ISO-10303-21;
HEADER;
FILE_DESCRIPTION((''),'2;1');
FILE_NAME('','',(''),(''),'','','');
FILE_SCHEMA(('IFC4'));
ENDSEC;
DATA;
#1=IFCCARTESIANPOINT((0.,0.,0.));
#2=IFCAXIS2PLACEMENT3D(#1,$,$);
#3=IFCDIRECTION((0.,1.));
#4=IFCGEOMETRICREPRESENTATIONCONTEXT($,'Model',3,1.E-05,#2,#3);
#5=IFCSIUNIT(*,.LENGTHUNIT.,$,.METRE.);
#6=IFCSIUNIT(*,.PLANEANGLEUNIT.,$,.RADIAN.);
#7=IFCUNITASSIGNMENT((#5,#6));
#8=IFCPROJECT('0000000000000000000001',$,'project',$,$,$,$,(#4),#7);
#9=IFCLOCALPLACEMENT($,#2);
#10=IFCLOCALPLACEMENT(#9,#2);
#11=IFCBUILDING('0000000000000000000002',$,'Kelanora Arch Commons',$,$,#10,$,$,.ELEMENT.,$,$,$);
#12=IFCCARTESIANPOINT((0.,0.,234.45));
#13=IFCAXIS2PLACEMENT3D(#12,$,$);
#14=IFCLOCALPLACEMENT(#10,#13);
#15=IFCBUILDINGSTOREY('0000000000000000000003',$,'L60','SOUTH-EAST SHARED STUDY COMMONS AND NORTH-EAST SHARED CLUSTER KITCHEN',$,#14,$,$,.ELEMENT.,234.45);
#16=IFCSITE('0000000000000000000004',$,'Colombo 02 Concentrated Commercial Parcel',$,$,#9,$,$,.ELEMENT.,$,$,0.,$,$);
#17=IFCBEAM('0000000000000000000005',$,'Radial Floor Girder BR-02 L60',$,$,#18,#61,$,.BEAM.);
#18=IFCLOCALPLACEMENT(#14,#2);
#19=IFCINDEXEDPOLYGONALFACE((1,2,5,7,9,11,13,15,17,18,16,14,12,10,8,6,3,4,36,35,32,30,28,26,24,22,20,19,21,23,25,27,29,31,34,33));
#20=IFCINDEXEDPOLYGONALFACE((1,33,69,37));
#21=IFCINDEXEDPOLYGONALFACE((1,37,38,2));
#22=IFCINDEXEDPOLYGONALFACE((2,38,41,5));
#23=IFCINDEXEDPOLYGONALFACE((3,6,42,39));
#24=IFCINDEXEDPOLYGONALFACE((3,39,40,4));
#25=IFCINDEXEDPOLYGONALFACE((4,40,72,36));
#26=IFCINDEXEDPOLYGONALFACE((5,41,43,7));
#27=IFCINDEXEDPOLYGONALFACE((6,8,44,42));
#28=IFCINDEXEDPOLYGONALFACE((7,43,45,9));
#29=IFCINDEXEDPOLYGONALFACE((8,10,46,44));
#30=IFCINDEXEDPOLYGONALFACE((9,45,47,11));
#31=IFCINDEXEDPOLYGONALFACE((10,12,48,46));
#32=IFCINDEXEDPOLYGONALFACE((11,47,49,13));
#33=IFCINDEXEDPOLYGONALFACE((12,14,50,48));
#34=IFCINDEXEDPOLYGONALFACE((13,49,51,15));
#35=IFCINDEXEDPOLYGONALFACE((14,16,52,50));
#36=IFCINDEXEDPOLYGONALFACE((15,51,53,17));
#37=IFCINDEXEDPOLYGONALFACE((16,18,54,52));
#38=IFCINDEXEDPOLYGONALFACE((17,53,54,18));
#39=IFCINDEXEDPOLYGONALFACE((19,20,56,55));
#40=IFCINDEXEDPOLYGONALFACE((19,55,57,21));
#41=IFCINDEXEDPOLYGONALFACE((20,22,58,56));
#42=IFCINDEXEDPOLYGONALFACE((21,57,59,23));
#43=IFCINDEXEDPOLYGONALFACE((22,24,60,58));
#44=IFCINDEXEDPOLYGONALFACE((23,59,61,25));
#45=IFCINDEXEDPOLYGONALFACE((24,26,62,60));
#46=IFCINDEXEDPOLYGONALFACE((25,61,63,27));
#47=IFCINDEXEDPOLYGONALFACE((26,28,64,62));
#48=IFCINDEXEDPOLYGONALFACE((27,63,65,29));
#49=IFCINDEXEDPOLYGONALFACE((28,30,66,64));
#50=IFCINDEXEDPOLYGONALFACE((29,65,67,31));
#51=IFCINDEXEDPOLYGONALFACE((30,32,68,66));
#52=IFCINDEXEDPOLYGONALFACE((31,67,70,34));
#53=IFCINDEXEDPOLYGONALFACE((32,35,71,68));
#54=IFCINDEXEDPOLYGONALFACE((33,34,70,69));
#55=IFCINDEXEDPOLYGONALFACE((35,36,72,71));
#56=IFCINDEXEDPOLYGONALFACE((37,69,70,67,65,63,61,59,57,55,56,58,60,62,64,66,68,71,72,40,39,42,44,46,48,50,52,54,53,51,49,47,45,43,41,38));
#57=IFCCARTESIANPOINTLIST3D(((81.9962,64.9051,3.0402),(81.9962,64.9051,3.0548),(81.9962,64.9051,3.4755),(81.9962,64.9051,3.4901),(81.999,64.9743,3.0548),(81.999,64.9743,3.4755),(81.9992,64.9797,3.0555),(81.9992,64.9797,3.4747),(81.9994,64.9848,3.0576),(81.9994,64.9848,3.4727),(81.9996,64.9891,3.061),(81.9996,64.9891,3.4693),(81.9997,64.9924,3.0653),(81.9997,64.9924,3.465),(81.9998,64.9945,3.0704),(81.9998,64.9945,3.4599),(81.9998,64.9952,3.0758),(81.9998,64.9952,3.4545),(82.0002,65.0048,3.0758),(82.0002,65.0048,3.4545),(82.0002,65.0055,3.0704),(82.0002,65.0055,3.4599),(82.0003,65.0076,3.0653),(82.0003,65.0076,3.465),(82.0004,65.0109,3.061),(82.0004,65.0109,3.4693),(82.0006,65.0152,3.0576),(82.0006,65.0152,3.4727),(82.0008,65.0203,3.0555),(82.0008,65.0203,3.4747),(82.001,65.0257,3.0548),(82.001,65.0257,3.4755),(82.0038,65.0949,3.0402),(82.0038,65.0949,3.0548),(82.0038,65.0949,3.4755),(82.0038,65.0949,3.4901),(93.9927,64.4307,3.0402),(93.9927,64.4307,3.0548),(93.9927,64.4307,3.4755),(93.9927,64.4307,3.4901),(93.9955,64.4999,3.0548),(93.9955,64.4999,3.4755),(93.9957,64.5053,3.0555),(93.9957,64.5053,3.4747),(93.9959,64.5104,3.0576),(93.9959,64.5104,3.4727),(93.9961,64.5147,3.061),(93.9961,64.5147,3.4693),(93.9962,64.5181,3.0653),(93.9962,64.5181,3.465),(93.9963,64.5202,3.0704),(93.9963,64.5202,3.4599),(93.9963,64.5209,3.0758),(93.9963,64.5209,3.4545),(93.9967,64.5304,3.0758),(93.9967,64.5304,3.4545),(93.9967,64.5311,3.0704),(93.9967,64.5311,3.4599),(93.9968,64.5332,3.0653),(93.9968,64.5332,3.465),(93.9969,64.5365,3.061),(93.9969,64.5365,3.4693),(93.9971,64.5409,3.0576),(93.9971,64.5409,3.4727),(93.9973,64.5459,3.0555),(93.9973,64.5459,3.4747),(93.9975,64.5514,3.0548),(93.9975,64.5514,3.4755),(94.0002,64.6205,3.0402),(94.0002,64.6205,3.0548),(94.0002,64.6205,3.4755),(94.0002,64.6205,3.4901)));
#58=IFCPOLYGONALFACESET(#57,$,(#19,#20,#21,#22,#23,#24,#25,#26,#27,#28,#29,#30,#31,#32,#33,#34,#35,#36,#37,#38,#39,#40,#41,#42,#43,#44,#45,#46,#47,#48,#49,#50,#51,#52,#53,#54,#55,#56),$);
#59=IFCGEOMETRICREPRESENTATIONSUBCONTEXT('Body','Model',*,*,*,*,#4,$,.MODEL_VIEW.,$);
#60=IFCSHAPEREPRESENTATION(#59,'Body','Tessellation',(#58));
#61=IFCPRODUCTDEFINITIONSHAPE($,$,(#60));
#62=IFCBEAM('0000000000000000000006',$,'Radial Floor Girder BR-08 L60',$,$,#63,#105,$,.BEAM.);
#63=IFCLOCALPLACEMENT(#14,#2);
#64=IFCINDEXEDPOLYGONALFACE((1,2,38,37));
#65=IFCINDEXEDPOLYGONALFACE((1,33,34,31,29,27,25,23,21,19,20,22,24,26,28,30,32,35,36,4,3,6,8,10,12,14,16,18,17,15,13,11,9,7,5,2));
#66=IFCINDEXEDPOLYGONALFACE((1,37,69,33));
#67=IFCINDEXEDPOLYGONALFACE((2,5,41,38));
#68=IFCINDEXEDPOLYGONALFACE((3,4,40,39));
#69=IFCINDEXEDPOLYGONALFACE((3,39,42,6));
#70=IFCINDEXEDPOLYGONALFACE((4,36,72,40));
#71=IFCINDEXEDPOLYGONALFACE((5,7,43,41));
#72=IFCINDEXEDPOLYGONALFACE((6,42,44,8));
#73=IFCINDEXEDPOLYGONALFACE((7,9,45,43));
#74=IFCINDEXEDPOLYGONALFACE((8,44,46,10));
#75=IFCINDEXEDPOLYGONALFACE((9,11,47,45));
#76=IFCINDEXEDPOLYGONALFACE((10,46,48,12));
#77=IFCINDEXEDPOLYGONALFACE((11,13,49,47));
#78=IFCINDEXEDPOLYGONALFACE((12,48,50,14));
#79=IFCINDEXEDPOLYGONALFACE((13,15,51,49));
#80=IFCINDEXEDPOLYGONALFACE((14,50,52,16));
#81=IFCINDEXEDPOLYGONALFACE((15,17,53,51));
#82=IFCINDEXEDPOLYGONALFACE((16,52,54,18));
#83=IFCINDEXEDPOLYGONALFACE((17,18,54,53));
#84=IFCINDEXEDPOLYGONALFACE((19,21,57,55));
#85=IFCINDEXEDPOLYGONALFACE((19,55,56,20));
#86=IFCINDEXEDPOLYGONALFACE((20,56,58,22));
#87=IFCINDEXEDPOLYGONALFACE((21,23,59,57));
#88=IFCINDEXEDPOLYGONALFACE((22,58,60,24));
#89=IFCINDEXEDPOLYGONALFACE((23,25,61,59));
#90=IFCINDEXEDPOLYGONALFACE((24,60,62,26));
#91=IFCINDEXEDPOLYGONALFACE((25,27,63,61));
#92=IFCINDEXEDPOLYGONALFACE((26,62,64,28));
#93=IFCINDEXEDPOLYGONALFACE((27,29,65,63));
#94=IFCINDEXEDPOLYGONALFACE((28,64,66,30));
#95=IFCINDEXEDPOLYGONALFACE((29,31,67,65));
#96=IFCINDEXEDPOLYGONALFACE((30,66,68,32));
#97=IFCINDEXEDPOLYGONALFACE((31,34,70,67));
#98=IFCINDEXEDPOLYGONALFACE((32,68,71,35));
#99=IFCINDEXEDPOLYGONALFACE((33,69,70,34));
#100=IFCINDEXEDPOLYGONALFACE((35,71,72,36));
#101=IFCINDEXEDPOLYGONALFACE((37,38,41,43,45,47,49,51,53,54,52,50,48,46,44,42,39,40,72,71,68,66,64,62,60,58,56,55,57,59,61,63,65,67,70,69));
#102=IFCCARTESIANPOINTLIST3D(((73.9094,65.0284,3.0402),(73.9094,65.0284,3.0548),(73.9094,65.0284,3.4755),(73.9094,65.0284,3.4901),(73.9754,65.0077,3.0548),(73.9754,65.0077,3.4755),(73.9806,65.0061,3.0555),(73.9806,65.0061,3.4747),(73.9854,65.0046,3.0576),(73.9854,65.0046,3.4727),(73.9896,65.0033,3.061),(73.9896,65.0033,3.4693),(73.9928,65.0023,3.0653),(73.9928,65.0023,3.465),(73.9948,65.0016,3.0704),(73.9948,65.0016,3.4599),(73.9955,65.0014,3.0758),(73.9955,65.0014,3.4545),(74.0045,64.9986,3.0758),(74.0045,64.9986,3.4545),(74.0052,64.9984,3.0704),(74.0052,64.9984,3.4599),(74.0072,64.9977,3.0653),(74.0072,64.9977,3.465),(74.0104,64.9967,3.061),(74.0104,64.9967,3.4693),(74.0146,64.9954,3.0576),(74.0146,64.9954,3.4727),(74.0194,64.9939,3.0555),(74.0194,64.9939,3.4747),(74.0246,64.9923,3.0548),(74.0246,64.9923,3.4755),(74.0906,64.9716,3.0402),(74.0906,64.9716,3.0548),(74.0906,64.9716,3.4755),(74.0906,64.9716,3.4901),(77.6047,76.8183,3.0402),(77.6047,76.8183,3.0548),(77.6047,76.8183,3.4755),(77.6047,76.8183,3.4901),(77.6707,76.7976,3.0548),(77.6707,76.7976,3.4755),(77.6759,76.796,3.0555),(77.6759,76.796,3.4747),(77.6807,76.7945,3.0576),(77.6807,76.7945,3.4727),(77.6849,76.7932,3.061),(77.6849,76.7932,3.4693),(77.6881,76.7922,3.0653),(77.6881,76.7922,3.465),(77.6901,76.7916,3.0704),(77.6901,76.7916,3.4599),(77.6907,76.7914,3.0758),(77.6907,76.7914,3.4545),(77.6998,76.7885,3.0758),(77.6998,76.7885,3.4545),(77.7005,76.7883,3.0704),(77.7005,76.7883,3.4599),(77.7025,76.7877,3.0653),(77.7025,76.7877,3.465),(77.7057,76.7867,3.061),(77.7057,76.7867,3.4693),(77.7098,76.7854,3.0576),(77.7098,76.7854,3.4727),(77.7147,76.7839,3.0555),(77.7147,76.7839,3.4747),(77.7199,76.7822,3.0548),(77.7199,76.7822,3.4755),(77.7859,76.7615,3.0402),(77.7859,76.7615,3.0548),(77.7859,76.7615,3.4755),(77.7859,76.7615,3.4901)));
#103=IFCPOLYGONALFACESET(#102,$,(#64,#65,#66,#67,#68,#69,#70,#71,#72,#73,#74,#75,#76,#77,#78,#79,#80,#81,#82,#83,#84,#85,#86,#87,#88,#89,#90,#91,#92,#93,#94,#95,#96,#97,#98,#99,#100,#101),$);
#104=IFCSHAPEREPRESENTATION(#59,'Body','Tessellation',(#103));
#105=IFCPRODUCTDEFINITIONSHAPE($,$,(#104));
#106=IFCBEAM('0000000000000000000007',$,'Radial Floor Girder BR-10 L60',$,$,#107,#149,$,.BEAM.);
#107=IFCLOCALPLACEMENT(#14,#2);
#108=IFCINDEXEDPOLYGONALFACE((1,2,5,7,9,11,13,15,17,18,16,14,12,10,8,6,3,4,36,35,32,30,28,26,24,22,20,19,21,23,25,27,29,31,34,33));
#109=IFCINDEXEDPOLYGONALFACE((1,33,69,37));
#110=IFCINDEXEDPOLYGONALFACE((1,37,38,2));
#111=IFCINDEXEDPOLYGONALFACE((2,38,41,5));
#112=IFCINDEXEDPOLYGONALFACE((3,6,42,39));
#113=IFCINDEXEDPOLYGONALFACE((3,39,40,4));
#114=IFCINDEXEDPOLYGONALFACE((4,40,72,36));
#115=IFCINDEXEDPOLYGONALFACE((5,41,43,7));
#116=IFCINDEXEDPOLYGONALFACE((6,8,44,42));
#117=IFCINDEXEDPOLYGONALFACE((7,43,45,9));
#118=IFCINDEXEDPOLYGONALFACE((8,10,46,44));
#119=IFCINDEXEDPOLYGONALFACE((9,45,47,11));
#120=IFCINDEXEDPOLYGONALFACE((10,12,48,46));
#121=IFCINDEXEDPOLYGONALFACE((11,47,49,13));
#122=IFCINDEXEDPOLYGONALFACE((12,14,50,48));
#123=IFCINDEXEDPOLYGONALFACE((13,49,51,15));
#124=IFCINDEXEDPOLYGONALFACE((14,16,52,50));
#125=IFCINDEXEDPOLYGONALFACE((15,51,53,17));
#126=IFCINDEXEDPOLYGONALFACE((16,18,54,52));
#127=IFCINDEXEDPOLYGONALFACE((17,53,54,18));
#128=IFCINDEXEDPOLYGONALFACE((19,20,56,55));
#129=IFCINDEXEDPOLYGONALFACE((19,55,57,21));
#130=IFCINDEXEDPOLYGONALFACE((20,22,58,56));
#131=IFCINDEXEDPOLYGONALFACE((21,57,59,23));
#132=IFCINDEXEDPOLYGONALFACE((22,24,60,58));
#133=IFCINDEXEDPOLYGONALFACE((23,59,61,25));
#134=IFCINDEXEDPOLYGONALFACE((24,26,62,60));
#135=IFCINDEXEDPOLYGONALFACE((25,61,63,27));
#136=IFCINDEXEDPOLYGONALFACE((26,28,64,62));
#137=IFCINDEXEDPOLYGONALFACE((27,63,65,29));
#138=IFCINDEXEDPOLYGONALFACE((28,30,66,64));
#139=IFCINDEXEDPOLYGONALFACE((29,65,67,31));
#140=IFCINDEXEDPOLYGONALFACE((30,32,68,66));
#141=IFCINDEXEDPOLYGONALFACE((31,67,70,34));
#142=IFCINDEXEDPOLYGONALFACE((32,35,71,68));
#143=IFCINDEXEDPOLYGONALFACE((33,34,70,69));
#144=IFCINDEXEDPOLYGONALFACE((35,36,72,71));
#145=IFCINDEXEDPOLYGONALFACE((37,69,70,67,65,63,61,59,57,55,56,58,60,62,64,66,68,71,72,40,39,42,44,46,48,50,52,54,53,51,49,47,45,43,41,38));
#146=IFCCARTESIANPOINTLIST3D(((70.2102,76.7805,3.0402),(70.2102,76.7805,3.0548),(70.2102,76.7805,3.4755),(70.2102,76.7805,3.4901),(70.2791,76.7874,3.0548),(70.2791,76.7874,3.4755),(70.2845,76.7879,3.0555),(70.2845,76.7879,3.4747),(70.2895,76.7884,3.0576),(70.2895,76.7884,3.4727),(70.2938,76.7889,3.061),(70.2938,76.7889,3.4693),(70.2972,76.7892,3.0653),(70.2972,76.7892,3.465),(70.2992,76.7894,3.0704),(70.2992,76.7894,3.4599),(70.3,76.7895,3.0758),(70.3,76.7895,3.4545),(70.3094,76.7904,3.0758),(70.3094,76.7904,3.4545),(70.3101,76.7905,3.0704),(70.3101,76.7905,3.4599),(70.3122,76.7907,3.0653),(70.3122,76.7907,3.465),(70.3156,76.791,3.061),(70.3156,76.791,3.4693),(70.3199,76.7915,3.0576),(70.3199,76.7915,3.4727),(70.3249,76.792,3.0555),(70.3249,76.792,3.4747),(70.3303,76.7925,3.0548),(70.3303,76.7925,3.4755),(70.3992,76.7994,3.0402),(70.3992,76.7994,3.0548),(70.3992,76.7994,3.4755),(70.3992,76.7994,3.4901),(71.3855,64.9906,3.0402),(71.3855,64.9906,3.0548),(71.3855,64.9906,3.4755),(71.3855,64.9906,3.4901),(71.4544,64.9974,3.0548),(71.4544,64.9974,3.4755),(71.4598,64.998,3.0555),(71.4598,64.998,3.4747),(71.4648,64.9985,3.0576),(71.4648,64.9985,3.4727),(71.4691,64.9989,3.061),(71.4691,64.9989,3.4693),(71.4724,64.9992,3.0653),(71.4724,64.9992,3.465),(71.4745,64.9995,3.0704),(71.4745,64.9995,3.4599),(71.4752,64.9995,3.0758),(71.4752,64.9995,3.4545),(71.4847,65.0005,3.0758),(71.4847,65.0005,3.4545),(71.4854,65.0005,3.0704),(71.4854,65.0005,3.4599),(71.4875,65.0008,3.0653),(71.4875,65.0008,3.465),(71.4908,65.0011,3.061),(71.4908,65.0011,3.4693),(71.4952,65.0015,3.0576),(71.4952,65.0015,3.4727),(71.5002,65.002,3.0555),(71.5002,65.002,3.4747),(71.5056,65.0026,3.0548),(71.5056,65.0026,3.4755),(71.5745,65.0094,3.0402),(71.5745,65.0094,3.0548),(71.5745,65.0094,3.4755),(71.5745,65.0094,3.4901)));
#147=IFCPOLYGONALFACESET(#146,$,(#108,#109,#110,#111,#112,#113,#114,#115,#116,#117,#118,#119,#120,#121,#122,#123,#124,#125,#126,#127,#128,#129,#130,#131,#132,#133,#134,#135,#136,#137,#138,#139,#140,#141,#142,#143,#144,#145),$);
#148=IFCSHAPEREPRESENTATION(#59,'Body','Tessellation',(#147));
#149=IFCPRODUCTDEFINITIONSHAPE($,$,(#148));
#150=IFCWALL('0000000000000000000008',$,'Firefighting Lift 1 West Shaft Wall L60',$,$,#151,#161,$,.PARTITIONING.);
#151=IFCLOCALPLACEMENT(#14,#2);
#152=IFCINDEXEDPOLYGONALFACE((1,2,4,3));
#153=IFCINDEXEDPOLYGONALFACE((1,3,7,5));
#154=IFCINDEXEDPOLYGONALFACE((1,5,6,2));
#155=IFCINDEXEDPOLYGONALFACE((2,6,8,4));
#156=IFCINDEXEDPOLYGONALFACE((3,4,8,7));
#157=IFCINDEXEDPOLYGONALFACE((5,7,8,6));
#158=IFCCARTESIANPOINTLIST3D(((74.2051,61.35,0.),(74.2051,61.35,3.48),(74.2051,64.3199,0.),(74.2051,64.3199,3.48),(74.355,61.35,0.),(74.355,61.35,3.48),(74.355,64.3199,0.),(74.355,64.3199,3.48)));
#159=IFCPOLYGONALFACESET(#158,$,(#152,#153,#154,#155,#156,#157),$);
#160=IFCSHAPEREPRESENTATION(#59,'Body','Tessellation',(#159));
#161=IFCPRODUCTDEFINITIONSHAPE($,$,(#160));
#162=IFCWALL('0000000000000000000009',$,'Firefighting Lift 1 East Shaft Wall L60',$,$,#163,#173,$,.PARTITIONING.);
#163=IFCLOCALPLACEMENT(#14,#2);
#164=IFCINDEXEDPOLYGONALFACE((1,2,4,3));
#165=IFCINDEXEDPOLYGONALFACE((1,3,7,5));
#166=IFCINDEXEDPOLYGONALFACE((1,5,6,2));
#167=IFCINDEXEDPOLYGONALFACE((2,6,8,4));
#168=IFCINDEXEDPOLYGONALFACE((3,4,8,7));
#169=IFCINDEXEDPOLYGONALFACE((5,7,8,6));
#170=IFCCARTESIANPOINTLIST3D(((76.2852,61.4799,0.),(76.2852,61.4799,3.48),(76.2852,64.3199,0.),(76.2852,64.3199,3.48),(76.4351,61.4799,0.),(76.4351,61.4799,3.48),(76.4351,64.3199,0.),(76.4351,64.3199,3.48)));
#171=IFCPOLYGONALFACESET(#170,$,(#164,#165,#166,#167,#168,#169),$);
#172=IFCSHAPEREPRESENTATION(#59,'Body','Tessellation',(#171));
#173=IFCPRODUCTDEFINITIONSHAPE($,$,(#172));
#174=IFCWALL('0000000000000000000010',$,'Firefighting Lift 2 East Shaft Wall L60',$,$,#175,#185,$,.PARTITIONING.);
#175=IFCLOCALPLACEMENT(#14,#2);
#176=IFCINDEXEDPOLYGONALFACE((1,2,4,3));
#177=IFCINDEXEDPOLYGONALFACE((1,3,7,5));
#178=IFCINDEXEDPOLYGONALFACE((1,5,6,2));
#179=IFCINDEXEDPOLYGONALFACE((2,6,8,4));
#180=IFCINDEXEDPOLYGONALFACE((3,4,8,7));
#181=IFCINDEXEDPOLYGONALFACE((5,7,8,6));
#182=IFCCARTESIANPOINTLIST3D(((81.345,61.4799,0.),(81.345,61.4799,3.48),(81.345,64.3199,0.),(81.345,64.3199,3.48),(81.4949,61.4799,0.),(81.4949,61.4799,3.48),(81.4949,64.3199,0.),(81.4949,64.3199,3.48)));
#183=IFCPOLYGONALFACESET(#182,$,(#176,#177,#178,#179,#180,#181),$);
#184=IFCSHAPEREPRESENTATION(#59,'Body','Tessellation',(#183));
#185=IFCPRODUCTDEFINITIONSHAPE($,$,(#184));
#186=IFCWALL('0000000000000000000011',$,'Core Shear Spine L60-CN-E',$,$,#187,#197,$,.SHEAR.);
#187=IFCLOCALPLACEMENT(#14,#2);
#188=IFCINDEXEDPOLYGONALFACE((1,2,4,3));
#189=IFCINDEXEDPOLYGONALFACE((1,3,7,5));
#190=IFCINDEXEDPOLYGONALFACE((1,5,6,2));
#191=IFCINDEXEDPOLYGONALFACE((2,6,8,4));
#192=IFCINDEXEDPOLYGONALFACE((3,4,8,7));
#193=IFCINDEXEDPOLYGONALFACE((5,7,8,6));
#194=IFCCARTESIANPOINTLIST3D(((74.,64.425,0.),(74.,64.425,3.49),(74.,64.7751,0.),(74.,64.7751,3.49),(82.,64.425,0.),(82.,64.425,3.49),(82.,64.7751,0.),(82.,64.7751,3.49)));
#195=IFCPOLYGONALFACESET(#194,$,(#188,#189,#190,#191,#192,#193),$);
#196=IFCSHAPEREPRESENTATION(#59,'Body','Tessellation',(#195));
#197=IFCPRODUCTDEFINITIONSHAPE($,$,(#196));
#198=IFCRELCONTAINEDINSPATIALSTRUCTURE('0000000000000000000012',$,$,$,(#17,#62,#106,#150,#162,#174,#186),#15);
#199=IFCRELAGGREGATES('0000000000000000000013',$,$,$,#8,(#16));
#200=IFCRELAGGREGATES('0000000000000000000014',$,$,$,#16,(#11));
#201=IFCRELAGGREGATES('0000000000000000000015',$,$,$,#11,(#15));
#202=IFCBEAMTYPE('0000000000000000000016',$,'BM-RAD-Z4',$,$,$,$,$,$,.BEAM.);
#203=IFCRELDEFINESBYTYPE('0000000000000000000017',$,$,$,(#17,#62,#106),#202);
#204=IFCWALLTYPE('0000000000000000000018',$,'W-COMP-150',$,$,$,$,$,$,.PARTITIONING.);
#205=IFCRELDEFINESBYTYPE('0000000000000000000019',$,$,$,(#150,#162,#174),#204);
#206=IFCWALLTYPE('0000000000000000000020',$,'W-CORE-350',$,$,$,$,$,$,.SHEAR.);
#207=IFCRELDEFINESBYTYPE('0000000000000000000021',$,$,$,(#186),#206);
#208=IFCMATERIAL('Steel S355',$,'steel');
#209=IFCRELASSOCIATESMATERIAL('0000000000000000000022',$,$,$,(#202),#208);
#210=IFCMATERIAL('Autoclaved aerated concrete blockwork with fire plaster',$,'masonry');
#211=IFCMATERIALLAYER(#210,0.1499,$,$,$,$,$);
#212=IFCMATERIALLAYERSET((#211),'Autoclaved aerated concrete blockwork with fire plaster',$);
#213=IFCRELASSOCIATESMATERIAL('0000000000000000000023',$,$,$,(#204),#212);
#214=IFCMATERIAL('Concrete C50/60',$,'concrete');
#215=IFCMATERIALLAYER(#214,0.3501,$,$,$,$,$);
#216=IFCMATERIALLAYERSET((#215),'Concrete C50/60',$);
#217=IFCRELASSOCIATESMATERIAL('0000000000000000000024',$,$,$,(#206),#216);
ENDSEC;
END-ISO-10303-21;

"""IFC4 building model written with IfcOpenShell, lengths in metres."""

from ifc_helpers import new_model, si_unit, direction, frame, frame_2d, origin, origin_2d, place, context, subcontext, project, spatial, rectangle, i_section, extrude, material, layer, layer_set, material_profile, profile_set, type_object, element, save


model = new_model("IFC4")

# Units and contexts
model_context = context("Model", 3, precision=1e-05, world=origin(), true_north=direction((0.0, 1.0)))
body_context = subcontext(model_context, "Body", "Model", "MODEL_VIEW")
ifc_project = project(units=[si_unit("LENGTHUNIT", "METRE"), si_unit("PLANEANGLEUNIT", "RADIAN")], contexts=[model_context])

# Site, building, storey
site_placement = place(None, origin())
site = spatial("IfcSite", under=ifc_project, at=site_placement, Name="Colombo 02 Concentrated Commercial Parcel", CompositionType="ELEMENT", RefElevation=0.0)
building_placement = place(site_placement, origin())
building = spatial("IfcBuilding", under=site, at=building_placement, Name="Kelanora Arch Commons", CompositionType="ELEMENT")
storey_placement = place(building_placement, frame((0.0, 0.0, 234.45)))
storey = spatial("IfcBuildingStorey", under=building, at=storey_placement, Name="L60", Description="SOUTH-EAST SHARED STUDY COMMONS AND NORTH-EAST SHARED CLUSTER KITCHEN", CompositionType="ELEMENT", Elevation=234.45)

# Shared definitions
ifc_material_1 = material(Name="Concrete C50/60", Category="concrete")

# Beams
ifc_material_2 = material(Name="Steel S355", Category="steel")
ifc_material_profile_1 = material_profile(ifc_material_2, i_section(OverallWidth=0.1899, OverallDepth=0.45, WebThickness=0.0095, FlangeThickness=0.0146, FilletRadius=0.021, at=origin_2d()), Name="IPE450")
ifc_profile_set_1 = profile_set([ifc_material_profile_1], Name="Steel S355")
beam_type_1 = type_object("IfcBeamType", Name="BM-RAD-Z4", PredefinedType="BEAM", material=ifc_profile_set_1)
beam_1_placement = place(storey_placement, frame((82.0, 65.0, 3.2651), z_axis=(0.999219, -0.039511, 0.0), x_axis=(0.039511, 0.999219, 0.0)))
element("IfcBeam", 1, at=beam_1_placement, inside=storey, type_object=beam_type_1, Name="Radial Floor Girder BR-02 L60", PredefinedType="BEAM", context=body_context, shape_type="SweptSolid", body=[
    extrude(i_section(OverallWidth=0.1899, OverallDepth=0.45, WebThickness=0.0095, FlangeThickness=0.0146, FilletRadius=0.021, at=origin_2d()), origin(), (0.0, 0.0, 1.0), 12.0059),
])
beam_2_placement = place(storey_placement, frame((74.0, 65.0, 3.2651), z_axis=(0.29908, 0.954228, 0.0), x_axis=(-0.954228, 0.29908, 0.0)))
element("IfcBeam", 2, at=beam_2_placement, inside=storey, type_object=beam_type_1, Name="Radial Floor Girder BR-08 L60", PredefinedType="BEAM", context=body_context, shape_type="SweptSolid", body=[
    extrude(i_section(OverallWidth=0.1899, OverallDepth=0.45, WebThickness=0.0095, FlangeThickness=0.0146, FilletRadius=0.021, at=origin_2d()), origin(), (0.0, 0.0, 1.0), 12.3555),
])
beam_3_placement = place(storey_placement, frame((71.48, 65.0, 3.2651), z_axis=(-0.099194, 0.995068, 0.0), x_axis=(-0.995068, -0.099194, 0.0)))
element("IfcBeam", 3, at=beam_3_placement, inside=storey, type_object=beam_type_1, Name="Radial Floor Girder BR-10 L60", PredefinedType="BEAM", context=body_context, shape_type="SweptSolid", body=[
    extrude(i_section(OverallWidth=0.1899, OverallDepth=0.45, WebThickness=0.0095, FlangeThickness=0.0146, FilletRadius=0.021, at=origin_2d()), origin(), (0.0, 0.0, 1.0), 11.8484),
])

# Walls
ifc_material_3 = material(Name="Autoclaved aerated concrete blockwork with fire plaster", Category="masonry")
ifc_layer_1 = layer(ifc_material_3, 0.1499)
ifc_layer_set_1 = layer_set([ifc_layer_1], Name="Autoclaved aerated concrete blockwork with fire plaster")
wall_type_1 = type_object("IfcWallType", Name="W-COMP-150", PredefinedType="PARTITIONING", material=ifc_layer_set_1)
wall_1_placement = place(storey_placement, frame((74.28, 61.3501, 0.0), z_axis=(0.0, 0.0, 1.0), x_axis=(0.0, 1.0, 0.0)))
element("IfcWall", 4, at=wall_1_placement, inside=storey, type_object=wall_type_1, Name="Firefighting Lift 1 West Shaft Wall L60", PredefinedType="PARTITIONING", context=body_context, shape_type="SweptSolid", body=[
    extrude(rectangle(XDim=2.97, YDim=0.1499, at=frame_2d((1.4849, 0.0))), origin(), (0.0, 0.0, 1.0), 3.48),
])
for number, where, z_axis, x_axis, name in (
    (5, (76.3601, 61.48, 0.0), (0.0, 0.0, 1.0), (0.0, 1.0, 0.0), "Firefighting Lift 1 East Shaft Wall L60"),
    (6, (81.4199, 61.48, 0.0), (0.0, 0.0, 1.0), (0.0, 1.0, 0.0), "Firefighting Lift 2 East Shaft Wall L60"),
):
    element("IfcWall", number, at=place(storey_placement, frame(where, z_axis=z_axis, x_axis=x_axis)), inside=storey, type_object=wall_type_1, Name=name, PredefinedType="PARTITIONING", context=body_context, shape_type="SweptSolid", body=[
        extrude(rectangle(XDim=2.8401, YDim=0.1499, at=frame_2d((1.4199, 0.0))), origin(), (0.0, 0.0, 1.0), 3.48),
    ])
ifc_layer_2 = layer(ifc_material_1, 0.3501)
ifc_layer_set_2 = layer_set([ifc_layer_2], Name="Concrete C50/60")
wall_type_2 = type_object("IfcWallType", Name="W-CORE-350", PredefinedType="SHEAR", material=ifc_layer_set_2)
wall_2_placement = place(storey_placement, frame((74.0, 64.6001, 0.0), z_axis=(0.0, 0.0, 1.0), x_axis=(1.0, 0.0, 0.0)))
element("IfcWall", 7, at=wall_2_placement, inside=storey, type_object=wall_type_2, Name="Core Shear Spine L60-CN-E", PredefinedType="SHEAR", context=body_context, shape_type="SweptSolid", body=[
    extrude(rectangle(XDim=8.0, YDim=0.3501, at=frame_2d((4.0, 0.0))), origin(), (0.0, 0.0, 1.0), 3.49),
])

save(model, "model.ifc")
